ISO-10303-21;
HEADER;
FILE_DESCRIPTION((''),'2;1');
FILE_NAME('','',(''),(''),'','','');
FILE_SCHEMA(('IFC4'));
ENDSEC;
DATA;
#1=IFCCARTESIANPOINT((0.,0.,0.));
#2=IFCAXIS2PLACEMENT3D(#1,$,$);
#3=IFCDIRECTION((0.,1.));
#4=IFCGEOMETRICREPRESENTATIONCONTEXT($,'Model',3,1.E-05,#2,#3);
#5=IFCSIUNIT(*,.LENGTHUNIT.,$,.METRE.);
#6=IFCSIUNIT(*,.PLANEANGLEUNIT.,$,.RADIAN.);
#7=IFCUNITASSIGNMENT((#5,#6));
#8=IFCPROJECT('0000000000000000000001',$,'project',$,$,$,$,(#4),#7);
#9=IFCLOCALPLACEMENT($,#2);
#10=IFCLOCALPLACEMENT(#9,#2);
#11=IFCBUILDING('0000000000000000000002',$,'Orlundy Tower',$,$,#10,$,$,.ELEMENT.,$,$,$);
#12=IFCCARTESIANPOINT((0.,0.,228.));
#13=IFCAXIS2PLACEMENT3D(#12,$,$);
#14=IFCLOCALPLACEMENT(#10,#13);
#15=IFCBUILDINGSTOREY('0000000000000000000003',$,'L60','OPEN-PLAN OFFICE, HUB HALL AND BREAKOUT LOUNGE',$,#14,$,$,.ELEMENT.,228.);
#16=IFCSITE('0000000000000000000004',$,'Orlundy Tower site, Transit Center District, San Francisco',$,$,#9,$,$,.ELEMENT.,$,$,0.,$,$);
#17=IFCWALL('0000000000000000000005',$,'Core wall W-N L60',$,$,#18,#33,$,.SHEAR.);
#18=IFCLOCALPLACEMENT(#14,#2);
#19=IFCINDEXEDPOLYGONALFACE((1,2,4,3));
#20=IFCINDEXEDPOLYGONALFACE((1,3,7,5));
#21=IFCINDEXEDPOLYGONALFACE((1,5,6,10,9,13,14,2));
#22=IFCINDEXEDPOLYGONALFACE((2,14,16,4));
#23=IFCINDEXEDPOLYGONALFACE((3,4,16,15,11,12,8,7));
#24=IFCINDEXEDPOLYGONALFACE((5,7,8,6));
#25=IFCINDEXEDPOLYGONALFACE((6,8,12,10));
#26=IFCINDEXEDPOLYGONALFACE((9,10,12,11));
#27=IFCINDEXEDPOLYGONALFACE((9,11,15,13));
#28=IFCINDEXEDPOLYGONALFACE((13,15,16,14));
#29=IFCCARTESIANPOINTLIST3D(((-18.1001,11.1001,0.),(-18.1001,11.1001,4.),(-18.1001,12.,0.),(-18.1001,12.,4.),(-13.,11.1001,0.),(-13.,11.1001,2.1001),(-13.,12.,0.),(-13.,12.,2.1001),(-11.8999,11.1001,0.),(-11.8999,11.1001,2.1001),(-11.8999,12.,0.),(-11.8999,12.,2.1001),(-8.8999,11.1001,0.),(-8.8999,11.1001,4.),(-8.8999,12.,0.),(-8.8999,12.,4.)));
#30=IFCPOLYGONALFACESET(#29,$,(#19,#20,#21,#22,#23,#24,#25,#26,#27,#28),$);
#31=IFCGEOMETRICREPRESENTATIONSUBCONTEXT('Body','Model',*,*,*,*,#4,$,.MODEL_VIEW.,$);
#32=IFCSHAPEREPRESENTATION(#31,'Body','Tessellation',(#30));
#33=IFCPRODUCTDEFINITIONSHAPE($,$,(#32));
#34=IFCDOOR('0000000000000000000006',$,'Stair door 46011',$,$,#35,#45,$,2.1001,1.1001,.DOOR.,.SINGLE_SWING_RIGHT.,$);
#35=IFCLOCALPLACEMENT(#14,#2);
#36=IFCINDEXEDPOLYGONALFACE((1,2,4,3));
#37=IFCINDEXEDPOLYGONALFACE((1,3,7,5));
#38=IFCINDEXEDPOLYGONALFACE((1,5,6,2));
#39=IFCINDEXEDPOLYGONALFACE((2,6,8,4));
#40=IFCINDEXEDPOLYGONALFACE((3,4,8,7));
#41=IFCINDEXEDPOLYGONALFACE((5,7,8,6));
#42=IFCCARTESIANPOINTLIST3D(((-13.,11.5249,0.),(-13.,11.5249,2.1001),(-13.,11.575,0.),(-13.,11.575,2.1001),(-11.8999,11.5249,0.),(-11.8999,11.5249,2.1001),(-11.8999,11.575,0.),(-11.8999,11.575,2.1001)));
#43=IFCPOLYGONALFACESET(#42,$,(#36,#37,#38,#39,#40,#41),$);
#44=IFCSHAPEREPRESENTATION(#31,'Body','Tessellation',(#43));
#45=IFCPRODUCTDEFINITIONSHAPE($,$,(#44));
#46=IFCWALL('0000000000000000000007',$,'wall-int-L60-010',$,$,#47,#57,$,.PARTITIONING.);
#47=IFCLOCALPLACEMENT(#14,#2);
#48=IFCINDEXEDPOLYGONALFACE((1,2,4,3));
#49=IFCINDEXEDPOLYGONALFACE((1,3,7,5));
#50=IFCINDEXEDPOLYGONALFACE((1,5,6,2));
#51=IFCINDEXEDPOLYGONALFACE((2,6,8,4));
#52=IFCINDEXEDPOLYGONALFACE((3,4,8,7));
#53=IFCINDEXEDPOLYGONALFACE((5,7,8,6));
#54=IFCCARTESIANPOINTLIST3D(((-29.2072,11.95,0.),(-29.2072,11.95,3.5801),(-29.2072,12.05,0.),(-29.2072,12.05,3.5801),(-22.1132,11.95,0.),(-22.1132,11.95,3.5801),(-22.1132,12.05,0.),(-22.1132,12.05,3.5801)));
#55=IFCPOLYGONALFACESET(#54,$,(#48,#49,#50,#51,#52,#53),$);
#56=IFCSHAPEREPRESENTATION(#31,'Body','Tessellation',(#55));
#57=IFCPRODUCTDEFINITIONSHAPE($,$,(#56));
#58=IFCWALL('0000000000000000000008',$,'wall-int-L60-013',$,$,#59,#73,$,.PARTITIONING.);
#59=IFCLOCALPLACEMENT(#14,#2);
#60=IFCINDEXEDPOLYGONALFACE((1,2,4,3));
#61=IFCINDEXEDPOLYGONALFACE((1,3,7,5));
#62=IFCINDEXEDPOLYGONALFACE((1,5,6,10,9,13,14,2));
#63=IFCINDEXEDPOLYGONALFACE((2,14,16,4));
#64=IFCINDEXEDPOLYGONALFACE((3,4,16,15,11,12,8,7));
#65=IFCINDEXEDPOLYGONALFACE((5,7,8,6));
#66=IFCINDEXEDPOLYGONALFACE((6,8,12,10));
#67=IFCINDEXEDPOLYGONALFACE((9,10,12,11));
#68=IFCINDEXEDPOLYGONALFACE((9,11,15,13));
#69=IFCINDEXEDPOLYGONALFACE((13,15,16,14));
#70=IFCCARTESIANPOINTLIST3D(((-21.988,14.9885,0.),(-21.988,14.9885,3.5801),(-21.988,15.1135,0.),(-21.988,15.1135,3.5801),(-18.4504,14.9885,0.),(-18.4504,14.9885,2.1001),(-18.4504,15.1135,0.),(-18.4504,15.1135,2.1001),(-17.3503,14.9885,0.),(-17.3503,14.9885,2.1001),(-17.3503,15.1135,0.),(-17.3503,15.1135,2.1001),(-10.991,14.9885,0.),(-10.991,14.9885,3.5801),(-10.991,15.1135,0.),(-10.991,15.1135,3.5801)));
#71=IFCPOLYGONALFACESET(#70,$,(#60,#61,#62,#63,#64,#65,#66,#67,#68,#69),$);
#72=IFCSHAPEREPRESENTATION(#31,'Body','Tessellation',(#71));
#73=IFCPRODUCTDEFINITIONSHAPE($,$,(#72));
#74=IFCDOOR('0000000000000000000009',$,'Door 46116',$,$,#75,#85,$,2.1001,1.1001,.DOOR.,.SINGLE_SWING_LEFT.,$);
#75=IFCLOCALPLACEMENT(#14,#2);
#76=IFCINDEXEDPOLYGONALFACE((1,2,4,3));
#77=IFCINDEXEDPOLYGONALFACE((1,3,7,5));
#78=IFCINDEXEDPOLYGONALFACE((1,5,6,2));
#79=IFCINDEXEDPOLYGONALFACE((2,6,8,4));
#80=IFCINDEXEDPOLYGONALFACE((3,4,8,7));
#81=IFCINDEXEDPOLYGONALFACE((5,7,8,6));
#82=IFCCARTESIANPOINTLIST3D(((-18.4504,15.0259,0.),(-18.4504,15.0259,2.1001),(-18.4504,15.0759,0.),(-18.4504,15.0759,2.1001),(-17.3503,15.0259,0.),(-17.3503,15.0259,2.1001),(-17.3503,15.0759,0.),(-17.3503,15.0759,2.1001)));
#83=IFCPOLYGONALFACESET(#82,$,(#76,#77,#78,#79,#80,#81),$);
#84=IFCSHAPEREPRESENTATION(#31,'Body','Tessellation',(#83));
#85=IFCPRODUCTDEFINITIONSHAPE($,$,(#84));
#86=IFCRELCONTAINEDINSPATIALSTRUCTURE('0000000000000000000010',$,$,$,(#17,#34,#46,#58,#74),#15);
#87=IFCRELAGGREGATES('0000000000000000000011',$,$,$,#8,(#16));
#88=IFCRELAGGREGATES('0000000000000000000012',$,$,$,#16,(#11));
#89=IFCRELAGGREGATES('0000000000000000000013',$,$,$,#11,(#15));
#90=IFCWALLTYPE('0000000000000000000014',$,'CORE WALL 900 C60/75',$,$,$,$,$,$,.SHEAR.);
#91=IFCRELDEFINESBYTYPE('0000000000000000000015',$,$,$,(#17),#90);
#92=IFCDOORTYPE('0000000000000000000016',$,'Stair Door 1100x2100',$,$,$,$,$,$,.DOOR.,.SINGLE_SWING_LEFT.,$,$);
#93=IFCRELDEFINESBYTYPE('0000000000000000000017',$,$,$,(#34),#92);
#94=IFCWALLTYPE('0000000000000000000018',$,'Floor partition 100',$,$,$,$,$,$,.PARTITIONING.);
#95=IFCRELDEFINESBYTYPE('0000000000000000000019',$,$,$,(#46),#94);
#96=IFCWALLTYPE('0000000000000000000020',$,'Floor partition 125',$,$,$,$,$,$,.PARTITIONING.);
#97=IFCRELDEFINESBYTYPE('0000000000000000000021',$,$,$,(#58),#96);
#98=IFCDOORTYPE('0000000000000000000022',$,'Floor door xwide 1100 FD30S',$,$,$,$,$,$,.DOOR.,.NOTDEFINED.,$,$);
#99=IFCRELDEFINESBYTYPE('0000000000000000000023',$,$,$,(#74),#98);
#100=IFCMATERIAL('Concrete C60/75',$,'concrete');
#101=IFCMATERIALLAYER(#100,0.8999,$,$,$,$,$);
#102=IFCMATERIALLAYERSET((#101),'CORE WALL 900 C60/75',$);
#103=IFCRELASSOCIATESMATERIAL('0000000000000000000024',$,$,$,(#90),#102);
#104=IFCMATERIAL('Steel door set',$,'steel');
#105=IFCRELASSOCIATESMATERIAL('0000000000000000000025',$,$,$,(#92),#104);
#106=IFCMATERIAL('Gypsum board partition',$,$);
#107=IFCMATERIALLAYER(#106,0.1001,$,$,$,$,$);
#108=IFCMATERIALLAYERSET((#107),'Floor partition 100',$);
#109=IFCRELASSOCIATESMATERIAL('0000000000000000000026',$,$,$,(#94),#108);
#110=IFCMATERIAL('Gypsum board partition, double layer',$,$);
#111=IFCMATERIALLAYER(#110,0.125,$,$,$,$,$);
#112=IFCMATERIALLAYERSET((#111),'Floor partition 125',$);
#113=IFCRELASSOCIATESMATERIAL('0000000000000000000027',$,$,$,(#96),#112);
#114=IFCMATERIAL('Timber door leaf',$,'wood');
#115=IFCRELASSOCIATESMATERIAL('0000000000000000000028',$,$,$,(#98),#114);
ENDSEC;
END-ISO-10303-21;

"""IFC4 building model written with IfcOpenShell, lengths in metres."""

from ifc_helpers import new_model, si_unit, direction, frame, frame_2d, origin, place, context, subcontext, project, spatial, rectangle, extrude, material, layer, layer_set, type_object, element, fill, save


model = new_model("IFC4")

# Units and contexts
model_context = context("Model", 3, precision=1e-05, world=origin(), true_north=direction((0.0, 1.0)))
body_context = subcontext(model_context, "Body", "Model", "MODEL_VIEW")
ifc_project = project(units=[si_unit("LENGTHUNIT", "METRE"), si_unit("PLANEANGLEUNIT", "RADIAN")], contexts=[model_context])

# Site, building, storey
site_placement = place(None, origin())
site = spatial("IfcSite", under=ifc_project, at=site_placement, Name="Orlundy Tower site, Transit Center District, San Francisco", CompositionType="ELEMENT", RefElevation=0.0)
building_placement = place(site_placement, origin())
building = spatial("IfcBuilding", under=site, at=building_placement, Name="Orlundy Tower", CompositionType="ELEMENT")
storey_placement = place(building_placement, frame((0.0, 0.0, 228.0)))
storey = spatial("IfcBuildingStorey", under=building, at=storey_placement, Name="L60", Description="OPEN-PLAN OFFICE, HUB HALL AND BREAKOUT LOUNGE", CompositionType="ELEMENT", Elevation=228.0)

# Wall, opening, door
ifc_material_1 = material(Name="Concrete C60/75", Category="concrete")
ifc_layer_1 = layer(ifc_material_1, 0.8999)
ifc_layer_set_1 = layer_set([ifc_layer_1], Name="CORE WALL 900 C60/75")
wall_type_1 = type_object("IfcWallType", Name="CORE WALL 900 C60/75", PredefinedType="SHEAR", material=ifc_layer_set_1)
wall_1_placement = place(storey_placement, frame((-18.1001, 11.55, 0.0), z_axis=(0.0, 0.0, 1.0), x_axis=(1.0, 0.0, 0.0)))
wall_1 = element("IfcWall", 1, at=wall_1_placement, inside=storey, type_object=wall_type_1, Name="Core wall W-N L60", PredefinedType="SHEAR", context=body_context, shape_type="SweptSolid", body=[
    extrude(rectangle(XDim=9.2002, YDim=0.8999, at=frame_2d((4.6001, 0.0))), origin(), (0.0, 0.0, 1.0), 4.0),
])
opening_1_placement = place(wall_1_placement, frame((5.1001, 0.0, 0.0)))
opening_1 = element("IfcOpeningElement", 2, at=opening_1_placement, cuts=wall_1, PredefinedType="OPENING", context=body_context, shape_type="SweptSolid", body=[
    extrude(rectangle(XDim=1.1001, YDim=2.1001, at=frame_2d((0.55, 1.05))), frame((0.0, 0.46, 0.0), z_axis=(0.0, -1.0, 0.0), x_axis=(1.0, 0.0, 0.0)), (0.0, 0.0, 1.0), 0.9199),
])
ifc_material_2 = material(Name="Steel door set", Category="steel")
door_type_1 = type_object("IfcDoorType", Name="Stair Door 1100x2100", OperationType="SINGLE_SWING_LEFT", PredefinedType="DOOR", material=ifc_material_2)
door_1_placement = place(opening_1_placement, origin())
door_1 = element("IfcDoor", 3, at=door_1_placement, inside=storey, type_object=door_type_1, Name="Stair door 46011", OperationType="SINGLE_SWING_RIGHT", OverallHeight=2.1001, OverallWidth=1.1001, PredefinedType="DOOR", context=body_context, shape_type="SweptSolid", body=[
    extrude(rectangle(XDim=1.1001, YDim=2.1001, at=frame_2d((0.55, 1.05))), frame((0.0, 0.0249, 0.0), z_axis=(0.0, -1.0, 0.0), x_axis=(1.0, 0.0, 0.0)), (0.0, 0.0, 1.0), 0.05),
])
fill(opening_1, door_1)

# Wall
ifc_material_3 = material(Name="Gypsum board partition")
ifc_layer_2 = layer(ifc_material_3, 0.1001)
ifc_layer_set_2 = layer_set([ifc_layer_2], Name="Floor partition 100")
wall_type_2 = type_object("IfcWallType", Name="Floor partition 100", PredefinedType="PARTITIONING", material=ifc_layer_set_2)
wall_2_placement = place(storey_placement, frame((-29.207, 12.0, 0.0), z_axis=(0.0, 0.0, 1.0), x_axis=(1.0, 0.0, 0.0)))
element("IfcWall", 4, at=wall_2_placement, inside=storey, type_object=wall_type_2, Name="wall-int-L60-010", PredefinedType="PARTITIONING", context=body_context, shape_type="SweptSolid", body=[
    extrude(rectangle(XDim=7.094, YDim=0.1001, at=frame_2d((3.5469, 0.0))), origin(), (0.0, 0.0, 1.0), 3.5801),
])

# Wall, opening, door
ifc_material_4 = material(Name="Gypsum board partition, double layer")
ifc_layer_3 = layer(ifc_material_4, 0.125)
ifc_layer_set_3 = layer_set([ifc_layer_3], Name="Floor partition 125")
wall_type_3 = type_object("IfcWallType", Name="Floor partition 125", PredefinedType="PARTITIONING", material=ifc_layer_set_3)
wall_3_placement = place(storey_placement, frame((-21.988, 15.051, 0.0), z_axis=(0.0, 0.0, 1.0), x_axis=(1.0, 0.0, 0.0)))
wall_3 = element("IfcWall", 5, at=wall_3_placement, inside=storey, type_object=wall_type_3, Name="wall-int-L60-013", PredefinedType="PARTITIONING", context=body_context, shape_type="SweptSolid", body=[
    extrude(rectangle(XDim=10.9971, YDim=0.125, at=frame_2d((5.4985, 0.0))), origin(), (0.0, 0.0, 1.0), 3.5801),
])
opening_2_placement = place(wall_3_placement, frame((3.5376, 0.0, 0.0)))
opening_2 = element("IfcOpeningElement", 6, at=opening_2_placement, cuts=wall_3, PredefinedType="OPENING", context=body_context, shape_type="SweptSolid", body=[
    extrude(rectangle(XDim=1.1001, YDim=2.1001, at=frame_2d((0.55, 1.05))), frame((0.0, 0.0725, 0.0), z_axis=(0.0, -1.0, 0.0), x_axis=(1.0, 0.0, 0.0)), (0.0, 0.0, 1.0), 0.145),
])
ifc_material_5 = material(Name="Timber door leaf", Category="wood")
door_type_2 = type_object("IfcDoorType", Name="Floor door xwide 1100 FD30S", OperationType="NOTDEFINED", PredefinedType="DOOR", material=ifc_material_5)
door_2_placement = place(opening_2_placement, origin())
door_2 = element("IfcDoor", 7, at=door_2_placement, inside=storey, type_object=door_type_2, Name="Door 46116", OperationType="SINGLE_SWING_LEFT", OverallHeight=2.1001, OverallWidth=1.1001, PredefinedType="DOOR", context=body_context, shape_type="SweptSolid", body=[
    extrude(rectangle(XDim=1.1001, YDim=2.1001, at=frame_2d((0.55, 1.05))), frame((0.0, 0.0249, 0.0), z_axis=(0.0, -1.0, 0.0), x_axis=(1.0, 0.0, 0.0)), (0.0, 0.0, 1.0), 0.05),
])
fill(opening_2, door_2)

save(model, "model.ifc")
